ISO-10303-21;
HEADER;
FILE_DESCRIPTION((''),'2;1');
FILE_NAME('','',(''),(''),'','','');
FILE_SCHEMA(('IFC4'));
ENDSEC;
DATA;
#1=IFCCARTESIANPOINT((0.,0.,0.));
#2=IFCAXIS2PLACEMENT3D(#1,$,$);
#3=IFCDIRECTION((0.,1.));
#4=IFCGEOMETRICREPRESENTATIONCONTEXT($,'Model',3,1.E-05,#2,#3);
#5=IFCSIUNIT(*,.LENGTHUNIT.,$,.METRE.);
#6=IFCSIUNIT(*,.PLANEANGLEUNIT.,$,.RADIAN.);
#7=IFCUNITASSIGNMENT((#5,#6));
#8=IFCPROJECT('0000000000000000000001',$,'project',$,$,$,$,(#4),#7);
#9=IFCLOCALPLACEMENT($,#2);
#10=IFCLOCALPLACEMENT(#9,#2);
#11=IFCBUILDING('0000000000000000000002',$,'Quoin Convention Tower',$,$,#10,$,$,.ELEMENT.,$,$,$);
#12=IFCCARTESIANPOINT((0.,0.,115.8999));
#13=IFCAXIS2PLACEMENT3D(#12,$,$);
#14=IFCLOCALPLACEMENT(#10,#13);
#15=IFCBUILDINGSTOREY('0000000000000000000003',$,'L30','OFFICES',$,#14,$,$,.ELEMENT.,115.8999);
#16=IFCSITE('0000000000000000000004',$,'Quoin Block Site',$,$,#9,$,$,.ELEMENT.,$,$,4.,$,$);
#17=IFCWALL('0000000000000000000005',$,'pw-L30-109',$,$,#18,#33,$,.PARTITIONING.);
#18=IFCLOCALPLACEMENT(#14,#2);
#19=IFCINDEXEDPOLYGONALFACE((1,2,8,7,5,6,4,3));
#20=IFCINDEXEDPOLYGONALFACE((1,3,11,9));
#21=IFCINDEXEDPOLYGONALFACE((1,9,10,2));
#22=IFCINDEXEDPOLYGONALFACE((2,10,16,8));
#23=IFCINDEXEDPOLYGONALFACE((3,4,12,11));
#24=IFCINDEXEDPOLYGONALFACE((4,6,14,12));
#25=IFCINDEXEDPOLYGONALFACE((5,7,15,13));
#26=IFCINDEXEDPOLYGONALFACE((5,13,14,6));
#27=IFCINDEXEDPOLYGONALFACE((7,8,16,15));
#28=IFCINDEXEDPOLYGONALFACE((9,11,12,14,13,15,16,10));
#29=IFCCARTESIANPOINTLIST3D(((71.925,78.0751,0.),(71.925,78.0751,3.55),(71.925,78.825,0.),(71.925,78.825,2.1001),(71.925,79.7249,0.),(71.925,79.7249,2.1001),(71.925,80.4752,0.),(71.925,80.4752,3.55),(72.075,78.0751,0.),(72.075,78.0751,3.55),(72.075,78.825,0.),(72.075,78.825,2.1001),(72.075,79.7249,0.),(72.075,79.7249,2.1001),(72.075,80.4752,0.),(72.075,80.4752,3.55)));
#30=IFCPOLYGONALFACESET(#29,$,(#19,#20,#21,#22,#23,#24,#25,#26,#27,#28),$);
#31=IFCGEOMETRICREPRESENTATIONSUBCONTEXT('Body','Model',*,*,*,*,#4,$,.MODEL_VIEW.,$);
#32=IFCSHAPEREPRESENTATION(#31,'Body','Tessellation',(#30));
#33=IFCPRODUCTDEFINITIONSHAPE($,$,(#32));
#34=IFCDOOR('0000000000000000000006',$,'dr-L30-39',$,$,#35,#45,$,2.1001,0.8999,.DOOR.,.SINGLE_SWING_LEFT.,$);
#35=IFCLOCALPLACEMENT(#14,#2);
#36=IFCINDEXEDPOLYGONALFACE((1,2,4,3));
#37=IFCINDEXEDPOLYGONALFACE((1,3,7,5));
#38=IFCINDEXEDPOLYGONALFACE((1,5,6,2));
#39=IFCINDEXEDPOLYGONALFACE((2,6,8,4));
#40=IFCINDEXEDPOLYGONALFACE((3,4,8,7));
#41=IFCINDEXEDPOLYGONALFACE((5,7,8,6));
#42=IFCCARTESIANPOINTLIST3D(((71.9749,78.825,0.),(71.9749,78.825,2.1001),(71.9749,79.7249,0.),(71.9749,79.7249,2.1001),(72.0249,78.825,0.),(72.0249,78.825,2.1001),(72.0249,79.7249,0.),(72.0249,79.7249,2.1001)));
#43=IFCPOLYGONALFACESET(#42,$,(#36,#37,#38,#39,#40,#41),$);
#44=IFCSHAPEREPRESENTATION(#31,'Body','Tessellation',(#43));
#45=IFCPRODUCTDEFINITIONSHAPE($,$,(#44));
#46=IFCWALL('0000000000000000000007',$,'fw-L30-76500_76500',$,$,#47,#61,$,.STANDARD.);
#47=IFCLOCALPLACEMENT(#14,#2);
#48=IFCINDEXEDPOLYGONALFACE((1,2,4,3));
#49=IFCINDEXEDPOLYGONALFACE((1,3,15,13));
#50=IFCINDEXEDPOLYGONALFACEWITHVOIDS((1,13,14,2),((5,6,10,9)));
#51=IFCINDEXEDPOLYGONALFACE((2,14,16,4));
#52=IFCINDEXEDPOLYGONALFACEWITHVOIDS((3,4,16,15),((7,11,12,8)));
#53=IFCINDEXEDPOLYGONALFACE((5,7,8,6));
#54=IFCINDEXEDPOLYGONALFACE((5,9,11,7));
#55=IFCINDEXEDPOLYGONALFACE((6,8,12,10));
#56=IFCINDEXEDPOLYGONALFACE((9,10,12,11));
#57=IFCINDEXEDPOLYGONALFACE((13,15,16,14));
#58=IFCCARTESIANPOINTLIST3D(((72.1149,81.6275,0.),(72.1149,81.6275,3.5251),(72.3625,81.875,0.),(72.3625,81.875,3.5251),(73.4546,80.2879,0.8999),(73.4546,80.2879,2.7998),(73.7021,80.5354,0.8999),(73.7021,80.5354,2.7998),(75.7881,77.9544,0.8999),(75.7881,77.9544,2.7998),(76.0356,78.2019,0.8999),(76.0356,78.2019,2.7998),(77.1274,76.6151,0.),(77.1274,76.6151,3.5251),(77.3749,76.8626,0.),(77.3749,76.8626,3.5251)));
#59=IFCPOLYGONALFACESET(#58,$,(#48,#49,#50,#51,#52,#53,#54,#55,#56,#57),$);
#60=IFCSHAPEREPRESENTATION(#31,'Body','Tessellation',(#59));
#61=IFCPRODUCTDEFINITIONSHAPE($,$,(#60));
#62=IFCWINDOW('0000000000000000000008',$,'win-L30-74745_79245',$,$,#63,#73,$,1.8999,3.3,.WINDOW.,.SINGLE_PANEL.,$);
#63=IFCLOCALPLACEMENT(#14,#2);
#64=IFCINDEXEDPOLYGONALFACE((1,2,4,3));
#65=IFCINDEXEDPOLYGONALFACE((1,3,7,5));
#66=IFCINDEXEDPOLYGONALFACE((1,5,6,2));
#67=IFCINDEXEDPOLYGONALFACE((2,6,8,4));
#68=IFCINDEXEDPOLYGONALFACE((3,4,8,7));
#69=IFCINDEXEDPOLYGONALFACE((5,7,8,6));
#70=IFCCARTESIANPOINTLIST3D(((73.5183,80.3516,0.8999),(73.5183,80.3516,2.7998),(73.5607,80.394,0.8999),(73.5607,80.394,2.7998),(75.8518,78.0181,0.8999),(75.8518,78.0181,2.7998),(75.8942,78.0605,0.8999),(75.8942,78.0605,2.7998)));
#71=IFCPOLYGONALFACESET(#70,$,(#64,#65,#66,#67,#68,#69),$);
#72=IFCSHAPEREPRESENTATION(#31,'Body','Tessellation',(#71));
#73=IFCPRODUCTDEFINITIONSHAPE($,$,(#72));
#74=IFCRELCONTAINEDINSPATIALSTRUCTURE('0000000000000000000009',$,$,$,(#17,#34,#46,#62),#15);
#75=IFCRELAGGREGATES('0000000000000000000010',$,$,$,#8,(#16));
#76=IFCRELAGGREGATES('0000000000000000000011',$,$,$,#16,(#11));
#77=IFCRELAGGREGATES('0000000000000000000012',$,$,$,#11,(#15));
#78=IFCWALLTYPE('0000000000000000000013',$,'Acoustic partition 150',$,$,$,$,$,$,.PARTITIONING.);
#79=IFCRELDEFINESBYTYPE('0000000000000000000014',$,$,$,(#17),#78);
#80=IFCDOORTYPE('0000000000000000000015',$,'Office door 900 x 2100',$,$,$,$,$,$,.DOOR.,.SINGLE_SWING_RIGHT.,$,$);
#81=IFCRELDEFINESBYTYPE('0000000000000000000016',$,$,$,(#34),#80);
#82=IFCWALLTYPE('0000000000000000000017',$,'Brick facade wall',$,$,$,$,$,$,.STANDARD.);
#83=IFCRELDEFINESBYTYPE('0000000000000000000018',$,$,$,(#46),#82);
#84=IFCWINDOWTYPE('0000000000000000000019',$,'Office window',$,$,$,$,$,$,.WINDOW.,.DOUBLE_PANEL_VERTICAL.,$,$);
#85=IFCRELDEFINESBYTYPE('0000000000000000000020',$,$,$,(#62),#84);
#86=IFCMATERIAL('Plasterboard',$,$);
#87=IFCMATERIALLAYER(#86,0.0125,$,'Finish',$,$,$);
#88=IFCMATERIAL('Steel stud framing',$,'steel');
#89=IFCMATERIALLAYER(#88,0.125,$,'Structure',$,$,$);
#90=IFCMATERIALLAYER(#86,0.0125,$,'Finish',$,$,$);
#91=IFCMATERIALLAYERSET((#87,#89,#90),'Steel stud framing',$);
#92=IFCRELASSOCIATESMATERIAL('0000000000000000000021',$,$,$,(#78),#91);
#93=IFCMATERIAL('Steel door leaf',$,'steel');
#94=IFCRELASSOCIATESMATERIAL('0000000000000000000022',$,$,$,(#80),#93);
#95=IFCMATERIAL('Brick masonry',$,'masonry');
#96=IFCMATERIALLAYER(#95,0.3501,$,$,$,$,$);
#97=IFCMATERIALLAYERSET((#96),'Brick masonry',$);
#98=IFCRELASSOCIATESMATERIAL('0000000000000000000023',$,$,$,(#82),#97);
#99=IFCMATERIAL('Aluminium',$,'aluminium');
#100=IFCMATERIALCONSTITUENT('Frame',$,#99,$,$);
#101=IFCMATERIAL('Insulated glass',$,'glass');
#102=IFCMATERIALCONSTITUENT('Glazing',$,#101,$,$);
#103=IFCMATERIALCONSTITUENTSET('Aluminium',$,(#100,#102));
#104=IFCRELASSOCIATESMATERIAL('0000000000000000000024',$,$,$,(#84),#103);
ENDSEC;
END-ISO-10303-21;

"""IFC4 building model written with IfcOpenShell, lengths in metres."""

from ifc_helpers import new_model, si_unit, direction, frame, frame_2d, origin, place, context, subcontext, project, spatial, rectangle, extrude, material, layer, layer_set, constituent, constituent_set, type_object, element, fill, save


model = new_model("IFC4")

# Units and contexts
model_context = context("Model", 3, precision=1e-05, world=origin(), true_north=direction((0.0, 1.0)))
body_context = subcontext(model_context, "Body", "Model", "MODEL_VIEW")
ifc_project = project(units=[si_unit("LENGTHUNIT", "METRE"), si_unit("PLANEANGLEUNIT", "RADIAN")], contexts=[model_context])

# Site, building, storey
site_placement = place(None, origin())
site = spatial("IfcSite", under=ifc_project, at=site_placement, Name="Quoin Block Site", CompositionType="ELEMENT", RefElevation=4.0)
building_placement = place(site_placement, origin())
building = spatial("IfcBuilding", under=site, at=building_placement, Name="Quoin Convention Tower", CompositionType="ELEMENT")
storey_placement = place(building_placement, frame((0.0, 0.0, 115.8999)))
storey = spatial("IfcBuildingStorey", under=building, at=storey_placement, Name="L30", Description="OFFICES", CompositionType="ELEMENT", Elevation=115.8999)

# Wall, opening, door
ifc_material_1 = material(Name="Plasterboard")
ifc_layer_1 = layer(ifc_material_1, 0.0125, Name="Finish")
ifc_material_2 = material(Name="Steel stud framing", Category="steel")
ifc_layer_2 = layer(ifc_material_2, 0.125, Name="Structure")
ifc_layer_3 = layer(ifc_material_1, 0.0125, Name="Finish")
ifc_layer_set_1 = layer_set([ifc_layer_1, ifc_layer_2, ifc_layer_3], Name="Steel stud framing")
wall_type_1 = type_object("IfcWallType", Name="Acoustic partition 150", PredefinedType="PARTITIONING", material=ifc_layer_set_1)
ifc_material_3 = material(Name="Steel door leaf", Category="steel")
door_type = type_object("IfcDoorType", Name="Office door 900 x 2100", OperationType="SINGLE_SWING_RIGHT", PredefinedType="DOOR", material=ifc_material_3)
wall_1_placement = place(storey_placement, frame((72.0, 78.075, 0.0), z_axis=(0.0, 0.0, 1.0), x_axis=(0.0, 1.0, 0.0)))
wall_1 = element("IfcWall", 1, at=wall_1_placement, inside=storey, type_object=wall_type_1, Name="pw-L30-109", PredefinedType="PARTITIONING", context=body_context, shape_type="SweptSolid", body=[
    extrude(rectangle(XDim=2.4001, YDim=0.1499, at=frame_2d((1.2002, 0.0))), origin(), (0.0, 0.0, 1.0), 3.55),
])
opening_1_placement = place(wall_1_placement, frame((0.75, 0.0, 0.0)))
opening_1 = element("IfcOpeningElement", 2, at=opening_1_placement, cuts=wall_1, PredefinedType="OPENING", context=body_context, shape_type="SweptSolid", body=[
    extrude(rectangle(XDim=0.8999, YDim=2.1001, at=frame_2d((0.45, 1.05))), frame((0.0, 0.085, 0.0), z_axis=(0.0, -1.0, 0.0), x_axis=(1.0, 0.0, 0.0)), (0.0, 0.0, 1.0), 0.1699),
])
door_1_placement = place(opening_1_placement, frame((0.8999, 0.0, 0.0), z_axis=(0.0, 0.0, 1.0), x_axis=(-1.0, 0.0, 0.0)))
door_1 = element("IfcDoor", 3, at=door_1_placement, inside=storey, type_object=door_type, Name="dr-L30-39", OperationType="SINGLE_SWING_LEFT", OverallHeight=2.1001, OverallWidth=0.8999, PredefinedType="DOOR", context=body_context, shape_type="SweptSolid", body=[
    extrude(rectangle(XDim=0.8999, YDim=2.1001, at=frame_2d((0.45, 1.05))), frame((0.0, 0.0249, 0.0), z_axis=(0.0, -1.0, 0.0), x_axis=(1.0, 0.0, 0.0)), (0.0, 0.0, 1.0), 0.05),
])
fill(opening_1, door_1)

# Wall, opening, window
ifc_material_4 = material(Name="Brick masonry", Category="masonry")
ifc_layer_4 = layer(ifc_material_4, 0.3501)
ifc_layer_set_2 = layer_set([ifc_layer_4], Name="Brick masonry")
wall_type_2 = type_object("IfcWallType", Name="Brick facade wall", PredefinedType="STANDARD", material=ifc_layer_set_2)
wall_2_placement = place(storey_placement, frame((77.2512, 76.7388, 0.0), z_axis=(0.0, 0.0, 1.0), x_axis=(-0.707107, 0.707107, 0.0)))
wall_2 = element("IfcWall", 4, at=wall_2_placement, inside=storey, type_object=wall_type_2, Name="fw-L30-76500_76500", PredefinedType="STANDARD", context=body_context, shape_type="SweptSolid", body=[
    extrude(rectangle(XDim=7.0886, YDim=0.3501, at=frame_2d((3.5444, 0.0))), origin(), (0.0, 0.0, 1.0), 3.5251),
])
opening_2_placement = place(wall_2_placement, frame((1.8943, 0.0, 0.8999)))
opening_2 = element("IfcOpeningElement", 5, at=opening_2_placement, cuts=wall_2, PredefinedType="OPENING", context=body_context, shape_type="SweptSolid", body=[
    extrude(rectangle(XDim=3.3, YDim=1.8999, at=frame_2d((1.6499, 0.95))), frame((0.0, 0.1851, 0.0), z_axis=(0.0, -1.0, 0.0), x_axis=(1.0, 0.0, 0.0)), (0.0, 0.0, 1.0), 0.3701),
])
ifc_material_5 = material(Name="Aluminium", Category="aluminium")
ifc_constituent_1 = constituent(ifc_material_5, Name="Frame")
ifc_material_6 = material(Name="Insulated glass", Category="glass")
ifc_constituent_2 = constituent(ifc_material_6, Name="Glazing")
ifc_constituent_set = constituent_set(constituents=[ifc_constituent_1, ifc_constituent_2], Name="Aluminium")
window_type = type_object("IfcWindowType", Name="Office window", PartitioningType="DOUBLE_PANEL_VERTICAL", PredefinedType="WINDOW", material=ifc_constituent_set)
window_1_placement = place(opening_2_placement, origin())
window_1 = element("IfcWindow", 6, at=window_1_placement, inside=storey, type_object=window_type, Name="win-L30-74745_79245", OverallHeight=1.8999, OverallWidth=3.3, PartitioningType="SINGLE_PANEL", PredefinedType="WINDOW", context=body_context, shape_type="SweptSolid", body=[
    extrude(rectangle(XDim=3.3, YDim=1.8999, at=frame_2d((1.6499, 0.95))), frame((0.0, 0.085, 0.0), z_axis=(0.0, -1.0, 0.0), x_axis=(1.0, 0.0, 0.0)), (0.0, 0.0, 1.0), 0.0601),
])
fill(opening_2, window_1)

save(model, "model.ifc")
